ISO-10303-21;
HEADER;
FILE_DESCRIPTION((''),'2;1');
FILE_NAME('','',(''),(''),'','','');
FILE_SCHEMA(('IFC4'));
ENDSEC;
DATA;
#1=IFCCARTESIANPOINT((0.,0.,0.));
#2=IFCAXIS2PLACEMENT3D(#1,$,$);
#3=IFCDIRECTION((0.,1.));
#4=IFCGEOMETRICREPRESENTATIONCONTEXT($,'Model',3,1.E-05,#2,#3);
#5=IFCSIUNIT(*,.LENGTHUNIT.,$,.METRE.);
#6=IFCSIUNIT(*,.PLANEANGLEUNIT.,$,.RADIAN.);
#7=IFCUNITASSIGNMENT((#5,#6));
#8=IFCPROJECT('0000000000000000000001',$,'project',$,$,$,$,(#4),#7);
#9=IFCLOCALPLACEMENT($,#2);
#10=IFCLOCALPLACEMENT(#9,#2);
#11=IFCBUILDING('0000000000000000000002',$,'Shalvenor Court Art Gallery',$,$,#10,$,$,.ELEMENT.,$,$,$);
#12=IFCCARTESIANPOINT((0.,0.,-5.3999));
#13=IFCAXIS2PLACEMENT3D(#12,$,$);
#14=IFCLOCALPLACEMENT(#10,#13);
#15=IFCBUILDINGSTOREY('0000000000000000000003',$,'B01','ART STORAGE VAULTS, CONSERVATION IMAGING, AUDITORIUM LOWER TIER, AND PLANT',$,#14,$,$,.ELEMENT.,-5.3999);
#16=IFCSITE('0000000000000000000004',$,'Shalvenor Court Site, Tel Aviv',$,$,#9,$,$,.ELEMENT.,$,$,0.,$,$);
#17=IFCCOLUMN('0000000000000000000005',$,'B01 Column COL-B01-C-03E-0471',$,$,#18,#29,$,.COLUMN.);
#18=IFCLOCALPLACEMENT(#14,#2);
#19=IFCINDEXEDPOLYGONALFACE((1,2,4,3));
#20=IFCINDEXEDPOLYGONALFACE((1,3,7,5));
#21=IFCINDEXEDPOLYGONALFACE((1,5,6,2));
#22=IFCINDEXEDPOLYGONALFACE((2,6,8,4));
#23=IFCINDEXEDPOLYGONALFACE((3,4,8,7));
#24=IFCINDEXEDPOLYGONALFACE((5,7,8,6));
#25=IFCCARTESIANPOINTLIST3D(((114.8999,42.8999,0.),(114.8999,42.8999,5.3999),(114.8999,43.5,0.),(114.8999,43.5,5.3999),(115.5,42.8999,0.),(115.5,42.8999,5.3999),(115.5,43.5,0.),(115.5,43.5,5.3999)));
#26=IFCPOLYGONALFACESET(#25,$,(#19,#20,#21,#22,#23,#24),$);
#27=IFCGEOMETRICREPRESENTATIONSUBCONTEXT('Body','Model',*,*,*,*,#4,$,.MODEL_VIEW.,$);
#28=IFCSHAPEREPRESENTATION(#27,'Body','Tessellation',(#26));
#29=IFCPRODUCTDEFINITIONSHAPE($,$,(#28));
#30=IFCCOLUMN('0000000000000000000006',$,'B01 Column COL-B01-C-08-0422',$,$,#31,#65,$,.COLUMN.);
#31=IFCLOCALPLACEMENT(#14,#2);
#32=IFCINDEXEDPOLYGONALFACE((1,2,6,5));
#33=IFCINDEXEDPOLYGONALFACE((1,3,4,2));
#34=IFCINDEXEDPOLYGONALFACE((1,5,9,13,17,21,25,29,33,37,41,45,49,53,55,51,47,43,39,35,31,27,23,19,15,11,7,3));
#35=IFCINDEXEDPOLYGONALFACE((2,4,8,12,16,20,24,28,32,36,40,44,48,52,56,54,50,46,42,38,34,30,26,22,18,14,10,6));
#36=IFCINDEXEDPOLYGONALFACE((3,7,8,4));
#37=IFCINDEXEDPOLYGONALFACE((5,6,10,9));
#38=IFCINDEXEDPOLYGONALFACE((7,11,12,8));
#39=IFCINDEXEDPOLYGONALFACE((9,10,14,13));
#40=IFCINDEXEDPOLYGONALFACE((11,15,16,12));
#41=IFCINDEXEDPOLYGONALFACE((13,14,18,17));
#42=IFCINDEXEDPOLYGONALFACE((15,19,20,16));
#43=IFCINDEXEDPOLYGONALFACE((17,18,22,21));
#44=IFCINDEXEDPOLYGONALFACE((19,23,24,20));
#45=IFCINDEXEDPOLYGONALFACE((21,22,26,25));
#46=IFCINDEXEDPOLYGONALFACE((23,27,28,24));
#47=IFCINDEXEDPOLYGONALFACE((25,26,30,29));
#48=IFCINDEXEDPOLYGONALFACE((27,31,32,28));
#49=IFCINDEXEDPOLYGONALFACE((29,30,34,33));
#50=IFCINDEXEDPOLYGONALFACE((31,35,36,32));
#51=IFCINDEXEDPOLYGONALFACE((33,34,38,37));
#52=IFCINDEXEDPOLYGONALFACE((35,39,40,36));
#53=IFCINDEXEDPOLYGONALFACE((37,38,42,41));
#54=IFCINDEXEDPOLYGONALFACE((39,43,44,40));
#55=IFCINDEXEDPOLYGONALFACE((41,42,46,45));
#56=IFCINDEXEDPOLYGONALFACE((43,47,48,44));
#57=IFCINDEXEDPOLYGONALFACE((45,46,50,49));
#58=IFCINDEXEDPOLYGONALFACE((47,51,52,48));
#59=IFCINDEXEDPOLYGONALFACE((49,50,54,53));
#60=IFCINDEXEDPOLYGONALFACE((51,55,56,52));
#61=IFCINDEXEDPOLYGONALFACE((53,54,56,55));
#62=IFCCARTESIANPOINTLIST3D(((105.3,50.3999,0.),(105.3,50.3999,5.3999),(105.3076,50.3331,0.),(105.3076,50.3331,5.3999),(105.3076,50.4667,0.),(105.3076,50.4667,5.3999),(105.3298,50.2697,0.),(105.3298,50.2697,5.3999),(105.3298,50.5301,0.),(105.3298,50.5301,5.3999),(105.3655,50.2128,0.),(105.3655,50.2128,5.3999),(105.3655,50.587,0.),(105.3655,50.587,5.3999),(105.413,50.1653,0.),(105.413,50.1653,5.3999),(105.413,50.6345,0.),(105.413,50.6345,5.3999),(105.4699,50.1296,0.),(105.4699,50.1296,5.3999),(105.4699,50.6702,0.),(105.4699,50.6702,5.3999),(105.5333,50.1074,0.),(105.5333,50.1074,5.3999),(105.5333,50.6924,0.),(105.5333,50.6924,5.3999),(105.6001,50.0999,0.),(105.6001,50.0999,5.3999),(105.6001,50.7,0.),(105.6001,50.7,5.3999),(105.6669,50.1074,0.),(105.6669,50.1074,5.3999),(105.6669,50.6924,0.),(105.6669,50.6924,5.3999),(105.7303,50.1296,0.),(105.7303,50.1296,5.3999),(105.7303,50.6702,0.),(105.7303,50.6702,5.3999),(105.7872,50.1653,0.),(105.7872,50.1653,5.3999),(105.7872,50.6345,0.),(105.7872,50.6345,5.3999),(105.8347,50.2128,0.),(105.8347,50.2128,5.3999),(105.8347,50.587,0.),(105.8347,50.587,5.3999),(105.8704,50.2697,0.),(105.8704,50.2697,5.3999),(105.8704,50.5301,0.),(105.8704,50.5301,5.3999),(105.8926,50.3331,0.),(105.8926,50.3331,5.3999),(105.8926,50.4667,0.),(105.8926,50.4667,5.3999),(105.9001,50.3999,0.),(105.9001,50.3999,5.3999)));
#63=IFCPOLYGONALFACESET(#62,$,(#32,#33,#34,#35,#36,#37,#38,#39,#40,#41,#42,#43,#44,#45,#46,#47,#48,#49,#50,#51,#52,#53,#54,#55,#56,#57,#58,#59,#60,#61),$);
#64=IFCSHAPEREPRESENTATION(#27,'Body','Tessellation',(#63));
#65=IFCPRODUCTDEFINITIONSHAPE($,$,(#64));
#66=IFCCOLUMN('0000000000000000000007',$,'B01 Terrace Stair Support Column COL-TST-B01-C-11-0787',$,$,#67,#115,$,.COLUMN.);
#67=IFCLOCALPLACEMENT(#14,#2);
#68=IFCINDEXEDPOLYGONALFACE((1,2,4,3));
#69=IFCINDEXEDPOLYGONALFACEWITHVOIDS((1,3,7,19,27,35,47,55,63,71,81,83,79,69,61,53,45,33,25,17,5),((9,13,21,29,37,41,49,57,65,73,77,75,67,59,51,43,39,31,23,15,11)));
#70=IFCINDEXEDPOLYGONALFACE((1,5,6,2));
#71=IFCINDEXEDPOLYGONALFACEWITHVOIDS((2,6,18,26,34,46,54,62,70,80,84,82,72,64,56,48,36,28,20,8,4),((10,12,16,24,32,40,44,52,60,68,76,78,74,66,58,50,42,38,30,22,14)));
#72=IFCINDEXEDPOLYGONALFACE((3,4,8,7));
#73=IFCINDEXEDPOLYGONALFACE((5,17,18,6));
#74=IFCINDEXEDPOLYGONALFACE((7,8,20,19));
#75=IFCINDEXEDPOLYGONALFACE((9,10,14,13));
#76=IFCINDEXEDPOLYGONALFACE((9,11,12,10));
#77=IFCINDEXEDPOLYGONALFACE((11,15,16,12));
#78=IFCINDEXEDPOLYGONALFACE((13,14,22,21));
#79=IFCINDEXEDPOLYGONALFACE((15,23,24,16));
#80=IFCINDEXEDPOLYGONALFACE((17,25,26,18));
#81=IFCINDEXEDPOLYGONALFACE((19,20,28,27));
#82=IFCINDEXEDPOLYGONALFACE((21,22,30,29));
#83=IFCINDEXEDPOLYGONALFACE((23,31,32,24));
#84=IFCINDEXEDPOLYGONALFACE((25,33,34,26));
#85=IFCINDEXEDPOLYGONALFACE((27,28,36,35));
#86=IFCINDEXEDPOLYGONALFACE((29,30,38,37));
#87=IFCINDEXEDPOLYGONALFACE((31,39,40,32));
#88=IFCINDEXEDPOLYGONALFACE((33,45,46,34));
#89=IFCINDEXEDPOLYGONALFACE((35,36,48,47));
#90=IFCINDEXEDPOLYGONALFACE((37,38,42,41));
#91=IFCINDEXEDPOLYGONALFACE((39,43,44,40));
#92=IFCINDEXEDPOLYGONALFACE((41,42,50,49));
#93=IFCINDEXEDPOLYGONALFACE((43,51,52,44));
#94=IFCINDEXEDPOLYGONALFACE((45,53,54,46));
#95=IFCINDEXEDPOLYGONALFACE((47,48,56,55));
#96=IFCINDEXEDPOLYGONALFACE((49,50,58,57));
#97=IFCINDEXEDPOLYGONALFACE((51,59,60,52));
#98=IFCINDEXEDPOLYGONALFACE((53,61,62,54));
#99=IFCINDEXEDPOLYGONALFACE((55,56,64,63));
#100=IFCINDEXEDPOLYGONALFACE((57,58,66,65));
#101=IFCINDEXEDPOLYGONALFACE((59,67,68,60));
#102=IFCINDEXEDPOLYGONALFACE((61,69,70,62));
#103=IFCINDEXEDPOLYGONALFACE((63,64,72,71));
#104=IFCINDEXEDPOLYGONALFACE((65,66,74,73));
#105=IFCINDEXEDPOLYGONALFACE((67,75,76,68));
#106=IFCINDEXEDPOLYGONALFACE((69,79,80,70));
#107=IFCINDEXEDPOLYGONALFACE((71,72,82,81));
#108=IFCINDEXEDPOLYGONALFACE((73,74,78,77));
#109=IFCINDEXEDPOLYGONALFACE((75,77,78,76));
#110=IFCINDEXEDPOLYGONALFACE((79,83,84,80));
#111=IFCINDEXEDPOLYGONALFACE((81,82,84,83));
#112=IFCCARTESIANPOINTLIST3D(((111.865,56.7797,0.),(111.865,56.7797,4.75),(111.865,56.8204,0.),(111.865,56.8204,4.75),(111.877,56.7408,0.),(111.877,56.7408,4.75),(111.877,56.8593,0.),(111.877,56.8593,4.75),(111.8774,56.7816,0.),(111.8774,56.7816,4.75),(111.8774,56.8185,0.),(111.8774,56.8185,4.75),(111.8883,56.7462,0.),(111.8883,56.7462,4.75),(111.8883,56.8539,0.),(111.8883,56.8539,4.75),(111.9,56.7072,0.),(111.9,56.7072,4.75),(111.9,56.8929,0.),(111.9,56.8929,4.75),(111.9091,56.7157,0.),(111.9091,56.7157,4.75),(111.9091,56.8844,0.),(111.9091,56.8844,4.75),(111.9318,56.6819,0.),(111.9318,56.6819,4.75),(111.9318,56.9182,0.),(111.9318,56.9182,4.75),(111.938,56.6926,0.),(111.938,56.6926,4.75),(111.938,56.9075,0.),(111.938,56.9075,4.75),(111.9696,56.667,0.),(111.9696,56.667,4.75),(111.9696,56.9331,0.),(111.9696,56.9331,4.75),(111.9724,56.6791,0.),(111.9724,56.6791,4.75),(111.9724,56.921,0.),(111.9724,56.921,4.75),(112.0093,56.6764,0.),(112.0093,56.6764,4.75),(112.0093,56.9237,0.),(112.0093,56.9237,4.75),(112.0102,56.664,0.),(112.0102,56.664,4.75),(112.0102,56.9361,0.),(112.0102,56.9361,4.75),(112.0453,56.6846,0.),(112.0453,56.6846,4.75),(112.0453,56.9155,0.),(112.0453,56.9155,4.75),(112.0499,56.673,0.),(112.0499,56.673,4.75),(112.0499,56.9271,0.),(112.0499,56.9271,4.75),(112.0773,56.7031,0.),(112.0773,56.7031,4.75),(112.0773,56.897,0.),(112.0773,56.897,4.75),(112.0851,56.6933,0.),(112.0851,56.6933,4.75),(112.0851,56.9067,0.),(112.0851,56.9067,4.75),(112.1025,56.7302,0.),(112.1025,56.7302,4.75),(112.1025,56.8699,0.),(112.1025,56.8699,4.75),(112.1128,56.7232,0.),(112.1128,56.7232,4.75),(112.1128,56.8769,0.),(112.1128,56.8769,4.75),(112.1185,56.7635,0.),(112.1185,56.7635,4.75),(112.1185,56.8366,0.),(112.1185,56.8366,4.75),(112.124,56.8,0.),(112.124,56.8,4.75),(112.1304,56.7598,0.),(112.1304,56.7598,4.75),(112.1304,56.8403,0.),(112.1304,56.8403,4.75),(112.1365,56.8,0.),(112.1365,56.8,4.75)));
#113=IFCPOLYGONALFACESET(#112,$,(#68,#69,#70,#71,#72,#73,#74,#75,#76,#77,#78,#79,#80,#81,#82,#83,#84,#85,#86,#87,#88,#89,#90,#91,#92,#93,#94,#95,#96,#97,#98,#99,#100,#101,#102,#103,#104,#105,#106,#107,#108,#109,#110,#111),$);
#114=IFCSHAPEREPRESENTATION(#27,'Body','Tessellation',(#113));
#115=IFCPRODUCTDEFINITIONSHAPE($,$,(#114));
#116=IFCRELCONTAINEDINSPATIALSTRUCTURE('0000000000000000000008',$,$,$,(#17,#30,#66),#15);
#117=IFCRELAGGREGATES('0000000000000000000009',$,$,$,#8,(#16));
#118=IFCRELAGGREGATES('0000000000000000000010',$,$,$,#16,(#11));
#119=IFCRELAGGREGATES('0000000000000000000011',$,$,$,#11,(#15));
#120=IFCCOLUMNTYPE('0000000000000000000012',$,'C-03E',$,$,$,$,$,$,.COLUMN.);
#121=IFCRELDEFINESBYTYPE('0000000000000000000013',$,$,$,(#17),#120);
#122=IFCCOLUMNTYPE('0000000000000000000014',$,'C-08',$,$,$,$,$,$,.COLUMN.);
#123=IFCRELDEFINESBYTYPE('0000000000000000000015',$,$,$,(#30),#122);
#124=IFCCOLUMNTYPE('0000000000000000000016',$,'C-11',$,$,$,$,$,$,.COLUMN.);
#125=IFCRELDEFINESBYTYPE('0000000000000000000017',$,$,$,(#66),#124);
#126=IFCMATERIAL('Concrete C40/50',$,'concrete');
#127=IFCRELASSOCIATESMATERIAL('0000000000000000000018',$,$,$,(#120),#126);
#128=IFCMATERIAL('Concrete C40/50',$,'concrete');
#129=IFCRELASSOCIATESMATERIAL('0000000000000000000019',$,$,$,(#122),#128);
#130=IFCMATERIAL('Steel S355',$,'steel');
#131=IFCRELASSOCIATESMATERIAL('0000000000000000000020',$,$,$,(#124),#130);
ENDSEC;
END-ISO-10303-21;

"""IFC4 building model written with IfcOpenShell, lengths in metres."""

from ifc_helpers import new_model, si_unit, direction, frame, origin, origin_2d, place, context, subcontext, project, spatial, rectangle, circle, hollow_circle, extrude, material, material_profile, profile_set, type_object, element, save


model = new_model("IFC4")

# Units and contexts
model_context = context("Model", 3, precision=1e-05, world=origin(), true_north=direction((0.0, 1.0)))
body_context = subcontext(model_context, "Body", "Model", "MODEL_VIEW")
ifc_project = project(units=[si_unit("LENGTHUNIT", "METRE"), si_unit("PLANEANGLEUNIT", "RADIAN")], contexts=[model_context])

# Site, building, storey
site_placement = place(None, origin())
site = spatial("IfcSite", under=ifc_project, at=site_placement, Name="Shalvenor Court Site, Tel Aviv", CompositionType="ELEMENT", RefElevation=0.0)
building_placement = place(site_placement, origin())
building = spatial("IfcBuilding", under=site, at=building_placement, Name="Shalvenor Court Art Gallery", CompositionType="ELEMENT")
storey_placement = place(building_placement, frame((0.0, 0.0, -5.3999)))
storey = spatial("IfcBuildingStorey", under=building, at=storey_placement, Name="B01", Description="ART STORAGE VAULTS, CONSERVATION IMAGING, AUDITORIUM LOWER TIER, AND PLANT", CompositionType="ELEMENT", Elevation=-5.3999)

# Columns
ifc_material_1 = material(Name="Concrete C40/50", Category="concrete")
ifc_material_profile_1 = material_profile(ifc_material_1, rectangle(XDim=0.6001, YDim=0.6001, at=origin_2d()), Name="RC 600x600")
ifc_profile_set_1 = profile_set([ifc_material_profile_1], Name="Concrete C40/50")
column_type_1 = type_object("IfcColumnType", Name="C-03E", PredefinedType="COLUMN", material=ifc_profile_set_1)
for number, where, z_axis, x_axis, name in (
    (1, (115.2, 43.2, 0.0), (0.0, 0.0, 1.0), (1.0, 0.0, 0.0), "B01 Column COL-B01-C-03E-0471"),
):
    element("IfcColumn", number, at=place(storey_placement, frame(where, z_axis=z_axis, x_axis=x_axis)), inside=storey, type_object=column_type_1, Name=name, PredefinedType="COLUMN", context=body_context, shape_type="SweptSolid", body=[
        extrude(rectangle(XDim=0.6001, YDim=0.6001, at=origin_2d()), origin(), (0.0, 0.0, 1.0), 5.3999),
    ])
ifc_material_2 = material(Name="Concrete C40/50", Category="concrete")
ifc_material_profile_2 = material_profile(ifc_material_2, circle(Radius=0.3, at=origin_2d()), Name="RC D600")
ifc_profile_set_2 = profile_set([ifc_material_profile_2], Name="Concrete C40/50")
column_type_2 = type_object("IfcColumnType", Name="C-08", PredefinedType="COLUMN", material=ifc_profile_set_2)
column_1_placement = place(storey_placement, frame((105.6001, 50.3999, 0.0), z_axis=(0.0, 0.0, 1.0), x_axis=(1.0, 0.0, 0.0)))
element("IfcColumn", 2, at=column_1_placement, inside=storey, type_object=column_type_2, Name="B01 Column COL-B01-C-08-0422", PredefinedType="COLUMN", context=body_context, shape_type="SweptSolid", body=[
    extrude(circle(Radius=0.3, at=origin_2d()), origin(), (0.0, 0.0, 1.0), 5.3999),
])
ifc_material_3 = material(Name="Steel S355", Category="steel")
ifc_material_profile_3 = material_profile(ifc_material_3, hollow_circle(Radius=0.1365, WallThickness=0.0125, at=origin_2d()), Name="CHS 273.0x12.5")
ifc_profile_set_3 = profile_set([ifc_material_profile_3], Name="Steel S355")
column_type_3 = type_object("IfcColumnType", Name="C-11", PredefinedType="COLUMN", material=ifc_profile_set_3)
column_2_placement = place(storey_placement, frame((112.0, 56.8, 0.0), z_axis=(0.0, 0.0, 1.0), x_axis=(1.0, 0.0, 0.0)))
element("IfcColumn", 3, at=column_2_placement, inside=storey, type_object=column_type_3, Name="B01 Terrace Stair Support Column COL-TST-B01-C-11-0787", PredefinedType="COLUMN", context=body_context, shape_type="SweptSolid", body=[
    extrude(hollow_circle(Radius=0.1365, WallThickness=0.0125, at=origin_2d()), origin(), (0.0, 0.0, 1.0), 4.75),
])

save(model, "model.ifc")
